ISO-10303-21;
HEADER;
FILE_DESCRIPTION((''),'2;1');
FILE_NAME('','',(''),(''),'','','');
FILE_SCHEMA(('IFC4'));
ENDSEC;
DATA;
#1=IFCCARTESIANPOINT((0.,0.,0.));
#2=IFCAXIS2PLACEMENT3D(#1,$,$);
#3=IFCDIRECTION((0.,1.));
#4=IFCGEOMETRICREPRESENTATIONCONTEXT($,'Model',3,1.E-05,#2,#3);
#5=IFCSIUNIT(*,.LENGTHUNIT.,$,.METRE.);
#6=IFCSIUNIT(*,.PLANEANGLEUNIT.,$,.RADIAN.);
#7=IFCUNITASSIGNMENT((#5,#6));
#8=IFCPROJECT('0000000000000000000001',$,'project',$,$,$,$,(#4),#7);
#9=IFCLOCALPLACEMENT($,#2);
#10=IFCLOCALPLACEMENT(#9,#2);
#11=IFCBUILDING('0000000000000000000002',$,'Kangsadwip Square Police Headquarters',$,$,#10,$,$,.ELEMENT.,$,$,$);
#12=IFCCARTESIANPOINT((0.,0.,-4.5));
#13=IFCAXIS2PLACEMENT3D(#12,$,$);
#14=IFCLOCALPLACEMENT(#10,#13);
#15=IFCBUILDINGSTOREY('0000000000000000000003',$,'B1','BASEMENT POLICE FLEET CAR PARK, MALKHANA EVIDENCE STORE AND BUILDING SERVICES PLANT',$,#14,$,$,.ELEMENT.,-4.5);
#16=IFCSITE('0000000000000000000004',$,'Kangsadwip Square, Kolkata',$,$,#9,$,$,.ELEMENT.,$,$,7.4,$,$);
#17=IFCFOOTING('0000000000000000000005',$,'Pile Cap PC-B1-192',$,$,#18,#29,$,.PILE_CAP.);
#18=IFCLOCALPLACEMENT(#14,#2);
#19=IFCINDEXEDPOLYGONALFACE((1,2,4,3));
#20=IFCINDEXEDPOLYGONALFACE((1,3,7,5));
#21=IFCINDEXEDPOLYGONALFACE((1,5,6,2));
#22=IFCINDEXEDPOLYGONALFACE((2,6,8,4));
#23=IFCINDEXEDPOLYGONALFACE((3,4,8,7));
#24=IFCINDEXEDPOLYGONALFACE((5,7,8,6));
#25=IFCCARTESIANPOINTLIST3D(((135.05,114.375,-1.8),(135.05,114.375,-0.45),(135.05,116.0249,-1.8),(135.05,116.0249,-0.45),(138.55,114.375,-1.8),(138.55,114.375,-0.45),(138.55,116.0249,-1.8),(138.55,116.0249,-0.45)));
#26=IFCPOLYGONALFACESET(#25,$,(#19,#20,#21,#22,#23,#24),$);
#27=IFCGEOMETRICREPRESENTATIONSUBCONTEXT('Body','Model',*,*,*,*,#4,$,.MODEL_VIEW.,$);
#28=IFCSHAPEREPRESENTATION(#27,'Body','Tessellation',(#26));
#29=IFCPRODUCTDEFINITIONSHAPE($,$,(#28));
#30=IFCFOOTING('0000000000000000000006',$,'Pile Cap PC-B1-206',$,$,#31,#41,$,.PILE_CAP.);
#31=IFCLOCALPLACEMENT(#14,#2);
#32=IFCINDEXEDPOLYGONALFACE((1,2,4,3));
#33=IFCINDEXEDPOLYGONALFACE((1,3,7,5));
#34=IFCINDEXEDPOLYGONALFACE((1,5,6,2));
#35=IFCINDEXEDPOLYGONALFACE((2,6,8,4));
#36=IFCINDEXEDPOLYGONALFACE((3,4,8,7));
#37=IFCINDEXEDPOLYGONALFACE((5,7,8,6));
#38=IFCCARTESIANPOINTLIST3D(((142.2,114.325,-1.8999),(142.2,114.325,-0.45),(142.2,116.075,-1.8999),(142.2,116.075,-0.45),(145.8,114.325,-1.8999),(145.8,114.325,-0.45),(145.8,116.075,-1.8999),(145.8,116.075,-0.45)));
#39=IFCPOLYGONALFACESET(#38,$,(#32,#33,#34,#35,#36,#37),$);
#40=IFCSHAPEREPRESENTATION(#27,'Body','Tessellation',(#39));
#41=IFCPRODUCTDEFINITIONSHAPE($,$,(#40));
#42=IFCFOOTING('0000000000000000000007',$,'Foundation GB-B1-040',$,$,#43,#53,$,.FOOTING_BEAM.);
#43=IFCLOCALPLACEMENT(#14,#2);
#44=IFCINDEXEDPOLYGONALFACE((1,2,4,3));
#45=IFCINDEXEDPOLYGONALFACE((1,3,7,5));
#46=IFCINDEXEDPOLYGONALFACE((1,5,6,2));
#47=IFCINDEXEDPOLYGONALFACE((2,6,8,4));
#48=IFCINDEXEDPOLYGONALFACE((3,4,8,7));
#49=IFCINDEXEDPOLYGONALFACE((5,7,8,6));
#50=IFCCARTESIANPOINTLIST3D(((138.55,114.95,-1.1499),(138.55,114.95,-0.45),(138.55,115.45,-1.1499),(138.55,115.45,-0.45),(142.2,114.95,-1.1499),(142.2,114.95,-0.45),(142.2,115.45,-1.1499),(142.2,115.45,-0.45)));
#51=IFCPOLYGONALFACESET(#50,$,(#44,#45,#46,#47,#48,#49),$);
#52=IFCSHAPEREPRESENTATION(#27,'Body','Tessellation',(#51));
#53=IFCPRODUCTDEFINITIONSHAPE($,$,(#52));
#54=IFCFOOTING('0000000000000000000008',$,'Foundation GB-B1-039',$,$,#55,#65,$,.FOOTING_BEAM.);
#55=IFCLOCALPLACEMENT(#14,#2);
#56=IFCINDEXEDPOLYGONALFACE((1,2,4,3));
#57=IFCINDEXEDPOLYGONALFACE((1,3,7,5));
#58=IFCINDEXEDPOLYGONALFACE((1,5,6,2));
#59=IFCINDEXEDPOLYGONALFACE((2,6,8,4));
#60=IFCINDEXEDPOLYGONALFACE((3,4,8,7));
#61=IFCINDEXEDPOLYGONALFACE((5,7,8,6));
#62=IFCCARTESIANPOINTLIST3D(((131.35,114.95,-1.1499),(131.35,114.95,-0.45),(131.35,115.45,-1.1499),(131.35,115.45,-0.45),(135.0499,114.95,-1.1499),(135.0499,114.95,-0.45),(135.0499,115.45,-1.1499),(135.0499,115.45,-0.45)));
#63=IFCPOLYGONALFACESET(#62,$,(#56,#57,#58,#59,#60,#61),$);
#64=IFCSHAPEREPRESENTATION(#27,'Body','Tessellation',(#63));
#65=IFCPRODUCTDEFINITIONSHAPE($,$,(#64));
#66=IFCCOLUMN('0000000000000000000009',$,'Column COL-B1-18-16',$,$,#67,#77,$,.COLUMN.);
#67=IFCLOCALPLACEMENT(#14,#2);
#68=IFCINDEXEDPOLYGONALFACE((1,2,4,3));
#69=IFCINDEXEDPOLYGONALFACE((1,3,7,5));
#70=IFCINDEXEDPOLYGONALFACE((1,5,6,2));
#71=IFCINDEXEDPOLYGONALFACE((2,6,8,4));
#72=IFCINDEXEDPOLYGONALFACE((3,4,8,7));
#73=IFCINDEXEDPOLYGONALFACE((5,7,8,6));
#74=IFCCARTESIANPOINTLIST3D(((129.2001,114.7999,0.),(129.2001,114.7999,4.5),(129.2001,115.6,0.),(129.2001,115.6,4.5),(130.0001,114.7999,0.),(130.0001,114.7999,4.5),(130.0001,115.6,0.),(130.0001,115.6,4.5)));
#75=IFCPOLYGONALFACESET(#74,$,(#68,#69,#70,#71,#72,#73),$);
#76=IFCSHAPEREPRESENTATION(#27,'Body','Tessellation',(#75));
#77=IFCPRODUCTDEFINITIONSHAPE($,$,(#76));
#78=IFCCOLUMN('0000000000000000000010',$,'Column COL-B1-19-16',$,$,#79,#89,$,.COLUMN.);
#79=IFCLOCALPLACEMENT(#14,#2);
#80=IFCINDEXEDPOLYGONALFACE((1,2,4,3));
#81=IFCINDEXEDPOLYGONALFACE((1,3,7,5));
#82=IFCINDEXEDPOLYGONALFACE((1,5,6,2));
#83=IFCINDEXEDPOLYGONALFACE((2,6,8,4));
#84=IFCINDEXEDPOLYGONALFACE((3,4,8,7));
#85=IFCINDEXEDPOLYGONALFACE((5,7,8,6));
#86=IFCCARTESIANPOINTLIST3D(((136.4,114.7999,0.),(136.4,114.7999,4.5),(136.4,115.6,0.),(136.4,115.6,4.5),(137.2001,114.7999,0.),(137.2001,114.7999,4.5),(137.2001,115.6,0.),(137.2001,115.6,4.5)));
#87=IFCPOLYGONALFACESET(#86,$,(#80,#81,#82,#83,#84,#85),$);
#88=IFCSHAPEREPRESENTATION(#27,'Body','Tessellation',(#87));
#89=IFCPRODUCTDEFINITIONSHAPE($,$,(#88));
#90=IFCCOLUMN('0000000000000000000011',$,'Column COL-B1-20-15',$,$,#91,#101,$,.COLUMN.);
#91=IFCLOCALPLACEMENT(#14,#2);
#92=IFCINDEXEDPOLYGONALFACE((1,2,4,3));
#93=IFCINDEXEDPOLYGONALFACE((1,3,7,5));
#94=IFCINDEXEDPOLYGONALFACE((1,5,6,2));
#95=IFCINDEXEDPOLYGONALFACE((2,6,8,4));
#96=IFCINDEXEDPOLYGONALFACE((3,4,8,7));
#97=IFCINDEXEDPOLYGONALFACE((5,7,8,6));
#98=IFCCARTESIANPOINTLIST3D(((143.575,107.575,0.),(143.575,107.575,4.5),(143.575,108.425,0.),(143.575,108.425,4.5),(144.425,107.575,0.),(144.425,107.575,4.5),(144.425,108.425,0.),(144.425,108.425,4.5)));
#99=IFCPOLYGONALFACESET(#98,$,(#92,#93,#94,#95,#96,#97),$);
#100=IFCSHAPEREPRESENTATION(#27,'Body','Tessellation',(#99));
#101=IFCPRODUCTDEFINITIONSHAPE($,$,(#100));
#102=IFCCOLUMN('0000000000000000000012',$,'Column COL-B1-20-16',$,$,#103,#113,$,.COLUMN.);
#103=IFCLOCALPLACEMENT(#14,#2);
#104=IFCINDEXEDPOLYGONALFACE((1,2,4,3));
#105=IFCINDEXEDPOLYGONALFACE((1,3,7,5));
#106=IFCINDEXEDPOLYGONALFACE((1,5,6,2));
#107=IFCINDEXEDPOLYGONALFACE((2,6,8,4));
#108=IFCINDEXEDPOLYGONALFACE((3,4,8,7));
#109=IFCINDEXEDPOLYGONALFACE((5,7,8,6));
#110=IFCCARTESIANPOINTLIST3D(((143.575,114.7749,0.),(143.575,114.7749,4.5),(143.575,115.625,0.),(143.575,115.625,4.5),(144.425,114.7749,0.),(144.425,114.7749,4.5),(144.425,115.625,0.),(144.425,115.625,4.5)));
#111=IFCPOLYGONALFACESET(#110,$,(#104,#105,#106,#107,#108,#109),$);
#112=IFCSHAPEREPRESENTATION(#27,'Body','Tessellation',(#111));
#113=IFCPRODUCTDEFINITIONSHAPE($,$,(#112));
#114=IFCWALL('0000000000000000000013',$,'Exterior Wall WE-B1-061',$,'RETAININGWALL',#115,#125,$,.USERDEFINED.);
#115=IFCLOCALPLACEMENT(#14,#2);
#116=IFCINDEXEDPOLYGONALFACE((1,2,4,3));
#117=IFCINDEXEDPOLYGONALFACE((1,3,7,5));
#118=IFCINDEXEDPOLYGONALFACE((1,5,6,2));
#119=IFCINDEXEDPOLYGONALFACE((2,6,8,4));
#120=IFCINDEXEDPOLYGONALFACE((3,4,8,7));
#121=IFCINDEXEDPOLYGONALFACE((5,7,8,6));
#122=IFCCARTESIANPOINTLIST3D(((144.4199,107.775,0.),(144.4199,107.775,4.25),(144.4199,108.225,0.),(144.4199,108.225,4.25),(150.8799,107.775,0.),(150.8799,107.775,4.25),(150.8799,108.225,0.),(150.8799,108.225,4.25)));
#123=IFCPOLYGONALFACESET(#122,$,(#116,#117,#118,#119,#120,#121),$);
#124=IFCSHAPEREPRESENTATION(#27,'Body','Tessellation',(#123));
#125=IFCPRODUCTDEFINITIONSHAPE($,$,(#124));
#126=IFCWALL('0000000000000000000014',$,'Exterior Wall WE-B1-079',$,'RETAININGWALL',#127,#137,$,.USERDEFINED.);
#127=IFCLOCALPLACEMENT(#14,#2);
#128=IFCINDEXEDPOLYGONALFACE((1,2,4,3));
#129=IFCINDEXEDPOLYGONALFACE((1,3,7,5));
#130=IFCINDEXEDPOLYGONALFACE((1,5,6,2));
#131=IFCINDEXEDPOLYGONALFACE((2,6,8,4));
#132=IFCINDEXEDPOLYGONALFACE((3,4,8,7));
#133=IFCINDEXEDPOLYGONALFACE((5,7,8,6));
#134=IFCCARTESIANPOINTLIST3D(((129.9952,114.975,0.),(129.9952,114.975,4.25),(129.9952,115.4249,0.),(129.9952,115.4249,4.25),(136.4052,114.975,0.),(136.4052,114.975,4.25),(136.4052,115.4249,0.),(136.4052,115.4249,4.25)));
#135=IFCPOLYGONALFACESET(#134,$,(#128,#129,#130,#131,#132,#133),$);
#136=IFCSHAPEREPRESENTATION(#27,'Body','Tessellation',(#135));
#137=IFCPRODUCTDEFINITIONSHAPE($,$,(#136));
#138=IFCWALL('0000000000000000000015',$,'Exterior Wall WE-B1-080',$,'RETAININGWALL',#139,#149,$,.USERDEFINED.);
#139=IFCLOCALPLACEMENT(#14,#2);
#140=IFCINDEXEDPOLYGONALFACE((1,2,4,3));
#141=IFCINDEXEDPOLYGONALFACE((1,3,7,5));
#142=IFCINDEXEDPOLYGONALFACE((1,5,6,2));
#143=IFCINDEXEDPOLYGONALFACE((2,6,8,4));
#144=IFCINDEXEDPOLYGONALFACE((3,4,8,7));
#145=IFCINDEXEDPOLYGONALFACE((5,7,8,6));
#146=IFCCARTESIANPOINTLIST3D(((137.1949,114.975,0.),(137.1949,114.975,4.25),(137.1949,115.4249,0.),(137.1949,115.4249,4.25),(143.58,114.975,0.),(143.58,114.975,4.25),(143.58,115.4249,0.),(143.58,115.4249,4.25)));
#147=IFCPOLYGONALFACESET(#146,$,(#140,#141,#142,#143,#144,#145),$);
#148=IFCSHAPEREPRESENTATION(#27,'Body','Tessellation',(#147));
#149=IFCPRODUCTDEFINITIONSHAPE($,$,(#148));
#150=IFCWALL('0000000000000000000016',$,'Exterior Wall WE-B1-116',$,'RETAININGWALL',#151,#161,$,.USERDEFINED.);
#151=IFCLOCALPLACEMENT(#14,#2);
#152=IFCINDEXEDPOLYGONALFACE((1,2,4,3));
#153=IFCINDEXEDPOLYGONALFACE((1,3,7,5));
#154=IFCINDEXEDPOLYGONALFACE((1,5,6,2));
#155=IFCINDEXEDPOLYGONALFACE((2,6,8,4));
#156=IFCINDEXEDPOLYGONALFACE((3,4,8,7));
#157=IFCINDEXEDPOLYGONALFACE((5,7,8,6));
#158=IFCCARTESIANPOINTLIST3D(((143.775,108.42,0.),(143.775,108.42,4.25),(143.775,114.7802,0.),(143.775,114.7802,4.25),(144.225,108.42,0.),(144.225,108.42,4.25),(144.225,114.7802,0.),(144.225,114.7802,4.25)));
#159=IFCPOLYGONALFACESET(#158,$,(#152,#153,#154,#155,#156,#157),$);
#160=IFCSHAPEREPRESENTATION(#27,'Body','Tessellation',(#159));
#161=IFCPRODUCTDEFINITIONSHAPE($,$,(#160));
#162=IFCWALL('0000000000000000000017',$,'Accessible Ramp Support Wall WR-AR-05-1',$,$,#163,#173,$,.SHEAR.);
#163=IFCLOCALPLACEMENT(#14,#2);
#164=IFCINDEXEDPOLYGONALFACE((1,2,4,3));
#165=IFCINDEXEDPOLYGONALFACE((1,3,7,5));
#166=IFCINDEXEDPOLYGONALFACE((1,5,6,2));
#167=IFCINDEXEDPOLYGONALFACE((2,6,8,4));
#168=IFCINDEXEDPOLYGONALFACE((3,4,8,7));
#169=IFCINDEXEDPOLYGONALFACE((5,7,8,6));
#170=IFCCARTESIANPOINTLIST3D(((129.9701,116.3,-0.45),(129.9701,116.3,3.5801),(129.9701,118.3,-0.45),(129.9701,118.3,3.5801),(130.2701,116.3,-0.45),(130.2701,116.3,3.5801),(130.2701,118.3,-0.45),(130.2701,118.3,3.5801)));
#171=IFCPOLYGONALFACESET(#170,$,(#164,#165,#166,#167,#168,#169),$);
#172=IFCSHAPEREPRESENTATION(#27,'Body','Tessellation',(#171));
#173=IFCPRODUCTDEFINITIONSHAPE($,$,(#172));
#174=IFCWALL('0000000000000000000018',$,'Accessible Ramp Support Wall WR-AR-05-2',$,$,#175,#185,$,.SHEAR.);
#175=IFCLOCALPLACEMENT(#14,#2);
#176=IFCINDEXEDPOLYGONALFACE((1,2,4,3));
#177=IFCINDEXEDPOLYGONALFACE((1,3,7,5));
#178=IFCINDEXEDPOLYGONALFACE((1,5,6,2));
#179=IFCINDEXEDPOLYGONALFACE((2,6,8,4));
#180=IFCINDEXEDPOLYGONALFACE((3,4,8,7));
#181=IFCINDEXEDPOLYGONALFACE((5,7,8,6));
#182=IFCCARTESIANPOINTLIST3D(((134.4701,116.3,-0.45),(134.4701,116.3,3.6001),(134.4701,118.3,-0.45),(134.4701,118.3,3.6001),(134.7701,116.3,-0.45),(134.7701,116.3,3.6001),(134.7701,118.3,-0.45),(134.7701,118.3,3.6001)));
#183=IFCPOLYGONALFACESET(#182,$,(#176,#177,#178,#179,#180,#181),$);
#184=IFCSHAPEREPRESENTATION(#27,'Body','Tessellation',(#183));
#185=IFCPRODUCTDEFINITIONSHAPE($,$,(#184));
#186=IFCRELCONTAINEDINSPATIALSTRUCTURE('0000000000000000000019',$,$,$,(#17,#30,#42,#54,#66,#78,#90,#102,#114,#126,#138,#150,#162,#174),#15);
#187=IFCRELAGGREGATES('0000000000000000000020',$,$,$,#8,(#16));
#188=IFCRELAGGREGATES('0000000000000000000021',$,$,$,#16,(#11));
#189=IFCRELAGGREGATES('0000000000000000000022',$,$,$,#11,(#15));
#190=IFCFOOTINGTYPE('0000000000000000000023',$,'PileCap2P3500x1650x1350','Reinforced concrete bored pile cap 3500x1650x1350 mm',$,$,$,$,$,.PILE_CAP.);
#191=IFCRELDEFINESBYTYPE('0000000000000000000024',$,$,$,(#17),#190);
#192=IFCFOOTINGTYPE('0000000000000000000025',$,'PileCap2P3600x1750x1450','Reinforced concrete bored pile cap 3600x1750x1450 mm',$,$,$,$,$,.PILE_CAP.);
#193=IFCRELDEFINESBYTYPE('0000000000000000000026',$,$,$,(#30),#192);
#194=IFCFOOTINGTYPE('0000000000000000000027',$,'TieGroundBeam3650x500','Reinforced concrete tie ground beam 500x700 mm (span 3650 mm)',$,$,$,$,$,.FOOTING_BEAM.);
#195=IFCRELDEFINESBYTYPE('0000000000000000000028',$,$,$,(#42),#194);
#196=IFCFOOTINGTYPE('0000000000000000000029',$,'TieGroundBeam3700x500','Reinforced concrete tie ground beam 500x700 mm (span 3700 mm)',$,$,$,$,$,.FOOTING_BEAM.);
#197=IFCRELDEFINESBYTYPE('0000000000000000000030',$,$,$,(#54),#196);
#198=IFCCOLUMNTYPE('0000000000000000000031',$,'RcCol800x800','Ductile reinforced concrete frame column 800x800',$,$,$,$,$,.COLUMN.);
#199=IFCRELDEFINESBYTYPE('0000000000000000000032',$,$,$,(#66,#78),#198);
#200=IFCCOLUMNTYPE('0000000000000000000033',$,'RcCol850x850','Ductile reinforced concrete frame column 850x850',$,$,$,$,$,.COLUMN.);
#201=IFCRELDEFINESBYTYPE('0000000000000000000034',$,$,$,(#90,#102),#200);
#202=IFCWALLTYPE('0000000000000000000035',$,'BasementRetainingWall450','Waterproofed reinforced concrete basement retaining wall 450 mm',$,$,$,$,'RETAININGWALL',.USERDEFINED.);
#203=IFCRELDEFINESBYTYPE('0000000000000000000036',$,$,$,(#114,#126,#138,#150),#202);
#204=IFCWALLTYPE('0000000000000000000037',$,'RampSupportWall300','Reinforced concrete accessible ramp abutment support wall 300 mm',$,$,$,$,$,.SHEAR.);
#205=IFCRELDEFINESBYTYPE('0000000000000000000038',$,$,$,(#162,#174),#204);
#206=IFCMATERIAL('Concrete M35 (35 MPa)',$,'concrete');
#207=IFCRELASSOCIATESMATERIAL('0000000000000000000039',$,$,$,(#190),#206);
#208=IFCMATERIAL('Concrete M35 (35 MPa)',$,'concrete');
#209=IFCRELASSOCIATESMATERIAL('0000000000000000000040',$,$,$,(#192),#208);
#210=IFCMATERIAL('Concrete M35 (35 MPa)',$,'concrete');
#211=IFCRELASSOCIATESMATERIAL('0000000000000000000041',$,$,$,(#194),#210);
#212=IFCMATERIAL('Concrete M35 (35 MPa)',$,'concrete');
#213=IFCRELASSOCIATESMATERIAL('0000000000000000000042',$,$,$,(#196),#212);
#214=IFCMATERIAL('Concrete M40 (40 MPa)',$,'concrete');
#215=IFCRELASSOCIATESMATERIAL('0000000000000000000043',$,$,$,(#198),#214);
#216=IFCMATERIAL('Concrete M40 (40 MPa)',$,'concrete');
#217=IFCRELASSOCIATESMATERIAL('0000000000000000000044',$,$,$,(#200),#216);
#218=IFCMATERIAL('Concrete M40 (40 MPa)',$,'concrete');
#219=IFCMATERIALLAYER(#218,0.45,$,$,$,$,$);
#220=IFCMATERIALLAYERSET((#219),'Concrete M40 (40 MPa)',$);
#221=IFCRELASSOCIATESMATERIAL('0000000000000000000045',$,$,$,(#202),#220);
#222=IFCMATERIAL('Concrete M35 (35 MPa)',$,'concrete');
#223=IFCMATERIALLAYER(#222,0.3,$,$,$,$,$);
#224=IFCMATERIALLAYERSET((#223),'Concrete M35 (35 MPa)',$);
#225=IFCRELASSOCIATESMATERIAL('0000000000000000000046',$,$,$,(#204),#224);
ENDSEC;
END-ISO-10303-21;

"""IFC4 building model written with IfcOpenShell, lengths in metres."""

from ifc_helpers import new_model, si_unit, direction, frame, frame_2d, origin, origin_2d, place, context, subcontext, project, spatial, rectangle, extrude, material, layer, layer_set, material_profile, profile_set, type_object, element, save


model = new_model("IFC4")

# Units and contexts
model_context = context("Model", 3, precision=1e-05, world=origin(), true_north=direction((0.0, 1.0)))
body_context = subcontext(model_context, "Body", "Model", "MODEL_VIEW")
ifc_project = project(units=[si_unit("LENGTHUNIT", "METRE"), si_unit("PLANEANGLEUNIT", "RADIAN")], contexts=[model_context])

# Site, building, storey
site_placement = place(None, origin())
site = spatial("IfcSite", under=ifc_project, at=site_placement, Name="Kangsadwip Square, Kolkata", CompositionType="ELEMENT", RefElevation=7.4)
building_placement = place(site_placement, origin())
building = spatial("IfcBuilding", under=site, at=building_placement, Name="Kangsadwip Square Police Headquarters", CompositionType="ELEMENT")
storey_placement = place(building_placement, frame((0.0, 0.0, -4.5)))
storey = spatial("IfcBuildingStorey", under=building, at=storey_placement, Name="B1", Description="BASEMENT POLICE FLEET CAR PARK, MALKHANA EVIDENCE STORE AND BUILDING SERVICES PLANT", CompositionType="ELEMENT", Elevation=-4.5)

# Footings
ifc_material_1 = material(Name="Concrete M35 (35 MPa)", Category="concrete")
footing_type_1 = type_object("IfcFootingType", Name="PileCap2P3500x1650x1350", Description="Reinforced concrete bored pile cap 3500x1650x1350 mm", PredefinedType="PILE_CAP", material=ifc_material_1)
for number, where, z_axis, x_axis, name in (
    (1, (136.8, 115.2, -1.8), (0.0, 0.0, 1.0), (1.0, 0.0, 0.0), "Pile Cap PC-B1-192"),
):
    element("IfcFooting", number, at=place(storey_placement, frame(where, z_axis=z_axis, x_axis=x_axis)), inside=storey, type_object=footing_type_1, Name=name, PredefinedType="PILE_CAP", context=body_context, shape_type="SweptSolid", body=[
        extrude(rectangle(XDim=3.5, YDim=1.6499, at=origin_2d()), origin(), (0.0, 0.0, 1.0), 1.3501),
    ])
ifc_material_2 = material(Name="Concrete M35 (35 MPa)", Category="concrete")
footing_type_2 = type_object("IfcFootingType", Name="PileCap2P3600x1750x1450", Description="Reinforced concrete bored pile cap 3600x1750x1450 mm", PredefinedType="PILE_CAP", material=ifc_material_2)
footing_1_placement = place(storey_placement, frame((144.0, 115.2, -1.8999), z_axis=(0.0, 0.0, 1.0), x_axis=(1.0, 0.0, 0.0)))
element("IfcFooting", 2, at=footing_1_placement, inside=storey, type_object=footing_type_2, Name="Pile Cap PC-B1-206", PredefinedType="PILE_CAP", context=body_context, shape_type="SweptSolid", body=[
    extrude(rectangle(XDim=3.6001, YDim=1.75, at=origin_2d()), origin(), (0.0, 0.0, 1.0), 1.45),
])
ifc_material_3 = material(Name="Concrete M35 (35 MPa)", Category="concrete")
footing_type_3 = type_object("IfcFootingType", Name="TieGroundBeam3650x500", Description="Reinforced concrete tie ground beam 500x700 mm (span 3650 mm)", PredefinedType="FOOTING_BEAM", material=ifc_material_3)
footing_2_placement = place(storey_placement, frame((140.375, 115.2, -1.1499), z_axis=(0.0, 0.0, 1.0), x_axis=(1.0, 0.0, 0.0)))
element("IfcFooting", 3, at=footing_2_placement, inside=storey, type_object=footing_type_3, Name="Foundation GB-B1-040", PredefinedType="FOOTING_BEAM", context=body_context, shape_type="SweptSolid", body=[
    extrude(rectangle(XDim=3.6499, YDim=0.5, at=origin_2d()), origin(), (0.0, 0.0, 1.0), 0.7),
])
ifc_material_4 = material(Name="Concrete M35 (35 MPa)", Category="concrete")
footing_type_4 = type_object("IfcFootingType", Name="TieGroundBeam3700x500", Description="Reinforced concrete tie ground beam 500x700 mm (span 3700 mm)", PredefinedType="FOOTING_BEAM", material=ifc_material_4)
footing_3_placement = place(storey_placement, frame((133.2, 115.2, -1.1499), z_axis=(0.0, 0.0, 1.0), x_axis=(1.0, 0.0, 0.0)))
element("IfcFooting", 4, at=footing_3_placement, inside=storey, type_object=footing_type_4, Name="Foundation GB-B1-039", PredefinedType="FOOTING_BEAM", context=body_context, shape_type="SweptSolid", body=[
    extrude(rectangle(XDim=3.7, YDim=0.5, at=origin_2d()), origin(), (0.0, 0.0, 1.0), 0.7),
])

# Columns
ifc_material_5 = material(Name="Concrete M40 (40 MPa)", Category="concrete")
ifc_material_profile_1 = material_profile(ifc_material_5, rectangle(XDim=0.8, YDim=0.8, at=origin_2d()), Name="RC COL 800X800")
ifc_profile_set_1 = profile_set([ifc_material_profile_1], Name="Concrete M40 (40 MPa)")
column_type_1 = type_object("IfcColumnType", Name="RcCol800x800", Description="Ductile reinforced concrete frame column 800x800", PredefinedType="COLUMN", material=ifc_profile_set_1)
for number, where, z_axis, x_axis, name in (
    (5, (129.6001, 115.2, 0.0), (0.0, 0.0, 1.0), (1.0, 0.0, 0.0), "Column COL-B1-18-16"),
    (6, (136.8, 115.2, 0.0), (0.0, 0.0, 1.0), (1.0, 0.0, 0.0), "Column COL-B1-19-16"),
):
    element("IfcColumn", number, at=place(storey_placement, frame(where, z_axis=z_axis, x_axis=x_axis)), inside=storey, type_object=column_type_1, Name=name, PredefinedType="COLUMN", context=body_context, shape_type="SweptSolid", body=[
        extrude(rectangle(XDim=0.8, YDim=0.8, at=origin_2d()), origin(), (0.0, 0.0, 1.0), 4.5),
    ])
ifc_material_6 = material(Name="Concrete M40 (40 MPa)", Category="concrete")
ifc_material_profile_2 = material_profile(ifc_material_6, rectangle(XDim=0.8501, YDim=0.8501, at=origin_2d()), Name="RC COL 850X850")
ifc_profile_set_2 = profile_set([ifc_material_profile_2], Name="Concrete M40 (40 MPa)")
column_type_2 = type_object("IfcColumnType", Name="RcCol850x850", Description="Ductile reinforced concrete frame column 850x850", PredefinedType="COLUMN", material=ifc_profile_set_2)
for number, where, z_axis, x_axis, name in (
    (7, (144.0, 108.0, 0.0), (0.0, 0.0, 1.0), (1.0, 0.0, 0.0), "Column COL-B1-20-15"),
    (8, (144.0, 115.2, 0.0), (0.0, 0.0, 1.0), (1.0, 0.0, 0.0), "Column COL-B1-20-16"),
):
    element("IfcColumn", number, at=place(storey_placement, frame(where, z_axis=z_axis, x_axis=x_axis)), inside=storey, type_object=column_type_2, Name=name, PredefinedType="COLUMN", context=body_context, shape_type="SweptSolid", body=[
        extrude(rectangle(XDim=0.8501, YDim=0.8501, at=origin_2d()), origin(), (0.0, 0.0, 1.0), 4.5),
    ])

# Walls
ifc_material_7 = material(Name="Concrete M40 (40 MPa)", Category="concrete")
ifc_layer_1 = layer(ifc_material_7, 0.45)
ifc_layer_set_1 = layer_set([ifc_layer_1], Name="Concrete M40 (40 MPa)")
wall_type_1 = type_object("IfcWallType", Name="BasementRetainingWall450", Description="Waterproofed reinforced concrete basement retaining wall 450 mm", ElementType="RETAININGWALL", PredefinedType="USERDEFINED", material=ifc_layer_set_1)
wall_1_placement = place(storey_placement, frame((144.4199, 108.0, 0.0), z_axis=(0.0, 0.0, 1.0), x_axis=(1.0, 0.0, 0.0)))
element("IfcWall", 9, at=wall_1_placement, inside=storey, type_object=wall_type_1, Name="Exterior Wall WE-B1-061", ObjectType="RETAININGWALL", PredefinedType="USERDEFINED", context=body_context, shape_type="SweptSolid", body=[
    extrude(rectangle(XDim=6.46, YDim=0.45, at=frame_2d((3.23, 0.0))), origin(), (0.0, 0.0, 1.0), 4.25),
])
wall_2_placement = place(storey_placement, frame((129.9951, 115.2, 0.0), z_axis=(0.0, 0.0, 1.0), x_axis=(1.0, 0.0, 0.0)))
element("IfcWall", 10, at=wall_2_placement, inside=storey, type_object=wall_type_1, Name="Exterior Wall WE-B1-079", ObjectType="RETAININGWALL", PredefinedType="USERDEFINED", context=body_context, shape_type="SweptSolid", body=[
    extrude(rectangle(XDim=6.4099, YDim=0.45, at=frame_2d((3.2051, 0.0))), origin(), (0.0, 0.0, 1.0), 4.25),
])
wall_3_placement = place(storey_placement, frame((137.1951, 115.2, 0.0), z_axis=(0.0, 0.0, 1.0), x_axis=(1.0, 0.0, 0.0)))
element("IfcWall", 11, at=wall_3_placement, inside=storey, type_object=wall_type_1, Name="Exterior Wall WE-B1-080", ObjectType="RETAININGWALL", PredefinedType="USERDEFINED", context=body_context, shape_type="SweptSolid", body=[
    extrude(rectangle(XDim=6.385, YDim=0.45, at=frame_2d((3.1924, 0.0))), origin(), (0.0, 0.0, 1.0), 4.25),
])
wall_4_placement = place(storey_placement, frame((144.0, 108.4199, 0.0), z_axis=(0.0, 0.0, 1.0), x_axis=(0.0, 1.0, 0.0)))
element("IfcWall", 12, at=wall_4_placement, inside=storey, type_object=wall_type_1, Name="Exterior Wall WE-B1-116", ObjectType="RETAININGWALL", PredefinedType="USERDEFINED", context=body_context, shape_type="SweptSolid", body=[
    extrude(rectangle(XDim=6.3601, YDim=0.45, at=frame_2d((3.1802, 0.0))), origin(), (0.0, 0.0, 1.0), 4.25),
])
ifc_material_8 = material(Name="Concrete M35 (35 MPa)", Category="concrete")
ifc_layer_2 = layer(ifc_material_8, 0.3)
ifc_layer_set_2 = layer_set([ifc_layer_2], Name="Concrete M35 (35 MPa)")
wall_type_2 = type_object("IfcWallType", Name="RampSupportWall300", Description="Reinforced concrete accessible ramp abutment support wall 300 mm", PredefinedType="SHEAR", material=ifc_layer_set_2)
wall_5_placement = place(storey_placement, frame((130.1201, 116.3, -0.45), z_axis=(0.0, 0.0, 1.0), x_axis=(0.0, 1.0, 0.0)))
element("IfcWall", 13, at=wall_5_placement, inside=storey, type_object=wall_type_2, Name="Accessible Ramp Support Wall WR-AR-05-1", PredefinedType="SHEAR", context=body_context, shape_type="SweptSolid", body=[
    extrude(rectangle(XDim=2.0, YDim=0.3, at=frame_2d((1.0, 0.0))), origin(), (0.0, 0.0, 1.0), 4.03),
])
for number, where, z_axis, x_axis, name in (
    (14, (134.6201, 116.3, -0.45), (0.0, 0.0, 1.0), (0.0, 1.0, 0.0), "Accessible Ramp Support Wall WR-AR-05-2"),
):
    element("IfcWall", number, at=place(storey_placement, frame(where, z_axis=z_axis, x_axis=x_axis)), inside=storey, type_object=wall_type_2, Name=name, PredefinedType="SHEAR", context=body_context, shape_type="SweptSolid", body=[
        extrude(rectangle(XDim=2.0, YDim=0.3, at=frame_2d((1.0, 0.0))), origin(), (0.0, 0.0, 1.0), 4.05),
    ])

save(model, "model.ifc")
